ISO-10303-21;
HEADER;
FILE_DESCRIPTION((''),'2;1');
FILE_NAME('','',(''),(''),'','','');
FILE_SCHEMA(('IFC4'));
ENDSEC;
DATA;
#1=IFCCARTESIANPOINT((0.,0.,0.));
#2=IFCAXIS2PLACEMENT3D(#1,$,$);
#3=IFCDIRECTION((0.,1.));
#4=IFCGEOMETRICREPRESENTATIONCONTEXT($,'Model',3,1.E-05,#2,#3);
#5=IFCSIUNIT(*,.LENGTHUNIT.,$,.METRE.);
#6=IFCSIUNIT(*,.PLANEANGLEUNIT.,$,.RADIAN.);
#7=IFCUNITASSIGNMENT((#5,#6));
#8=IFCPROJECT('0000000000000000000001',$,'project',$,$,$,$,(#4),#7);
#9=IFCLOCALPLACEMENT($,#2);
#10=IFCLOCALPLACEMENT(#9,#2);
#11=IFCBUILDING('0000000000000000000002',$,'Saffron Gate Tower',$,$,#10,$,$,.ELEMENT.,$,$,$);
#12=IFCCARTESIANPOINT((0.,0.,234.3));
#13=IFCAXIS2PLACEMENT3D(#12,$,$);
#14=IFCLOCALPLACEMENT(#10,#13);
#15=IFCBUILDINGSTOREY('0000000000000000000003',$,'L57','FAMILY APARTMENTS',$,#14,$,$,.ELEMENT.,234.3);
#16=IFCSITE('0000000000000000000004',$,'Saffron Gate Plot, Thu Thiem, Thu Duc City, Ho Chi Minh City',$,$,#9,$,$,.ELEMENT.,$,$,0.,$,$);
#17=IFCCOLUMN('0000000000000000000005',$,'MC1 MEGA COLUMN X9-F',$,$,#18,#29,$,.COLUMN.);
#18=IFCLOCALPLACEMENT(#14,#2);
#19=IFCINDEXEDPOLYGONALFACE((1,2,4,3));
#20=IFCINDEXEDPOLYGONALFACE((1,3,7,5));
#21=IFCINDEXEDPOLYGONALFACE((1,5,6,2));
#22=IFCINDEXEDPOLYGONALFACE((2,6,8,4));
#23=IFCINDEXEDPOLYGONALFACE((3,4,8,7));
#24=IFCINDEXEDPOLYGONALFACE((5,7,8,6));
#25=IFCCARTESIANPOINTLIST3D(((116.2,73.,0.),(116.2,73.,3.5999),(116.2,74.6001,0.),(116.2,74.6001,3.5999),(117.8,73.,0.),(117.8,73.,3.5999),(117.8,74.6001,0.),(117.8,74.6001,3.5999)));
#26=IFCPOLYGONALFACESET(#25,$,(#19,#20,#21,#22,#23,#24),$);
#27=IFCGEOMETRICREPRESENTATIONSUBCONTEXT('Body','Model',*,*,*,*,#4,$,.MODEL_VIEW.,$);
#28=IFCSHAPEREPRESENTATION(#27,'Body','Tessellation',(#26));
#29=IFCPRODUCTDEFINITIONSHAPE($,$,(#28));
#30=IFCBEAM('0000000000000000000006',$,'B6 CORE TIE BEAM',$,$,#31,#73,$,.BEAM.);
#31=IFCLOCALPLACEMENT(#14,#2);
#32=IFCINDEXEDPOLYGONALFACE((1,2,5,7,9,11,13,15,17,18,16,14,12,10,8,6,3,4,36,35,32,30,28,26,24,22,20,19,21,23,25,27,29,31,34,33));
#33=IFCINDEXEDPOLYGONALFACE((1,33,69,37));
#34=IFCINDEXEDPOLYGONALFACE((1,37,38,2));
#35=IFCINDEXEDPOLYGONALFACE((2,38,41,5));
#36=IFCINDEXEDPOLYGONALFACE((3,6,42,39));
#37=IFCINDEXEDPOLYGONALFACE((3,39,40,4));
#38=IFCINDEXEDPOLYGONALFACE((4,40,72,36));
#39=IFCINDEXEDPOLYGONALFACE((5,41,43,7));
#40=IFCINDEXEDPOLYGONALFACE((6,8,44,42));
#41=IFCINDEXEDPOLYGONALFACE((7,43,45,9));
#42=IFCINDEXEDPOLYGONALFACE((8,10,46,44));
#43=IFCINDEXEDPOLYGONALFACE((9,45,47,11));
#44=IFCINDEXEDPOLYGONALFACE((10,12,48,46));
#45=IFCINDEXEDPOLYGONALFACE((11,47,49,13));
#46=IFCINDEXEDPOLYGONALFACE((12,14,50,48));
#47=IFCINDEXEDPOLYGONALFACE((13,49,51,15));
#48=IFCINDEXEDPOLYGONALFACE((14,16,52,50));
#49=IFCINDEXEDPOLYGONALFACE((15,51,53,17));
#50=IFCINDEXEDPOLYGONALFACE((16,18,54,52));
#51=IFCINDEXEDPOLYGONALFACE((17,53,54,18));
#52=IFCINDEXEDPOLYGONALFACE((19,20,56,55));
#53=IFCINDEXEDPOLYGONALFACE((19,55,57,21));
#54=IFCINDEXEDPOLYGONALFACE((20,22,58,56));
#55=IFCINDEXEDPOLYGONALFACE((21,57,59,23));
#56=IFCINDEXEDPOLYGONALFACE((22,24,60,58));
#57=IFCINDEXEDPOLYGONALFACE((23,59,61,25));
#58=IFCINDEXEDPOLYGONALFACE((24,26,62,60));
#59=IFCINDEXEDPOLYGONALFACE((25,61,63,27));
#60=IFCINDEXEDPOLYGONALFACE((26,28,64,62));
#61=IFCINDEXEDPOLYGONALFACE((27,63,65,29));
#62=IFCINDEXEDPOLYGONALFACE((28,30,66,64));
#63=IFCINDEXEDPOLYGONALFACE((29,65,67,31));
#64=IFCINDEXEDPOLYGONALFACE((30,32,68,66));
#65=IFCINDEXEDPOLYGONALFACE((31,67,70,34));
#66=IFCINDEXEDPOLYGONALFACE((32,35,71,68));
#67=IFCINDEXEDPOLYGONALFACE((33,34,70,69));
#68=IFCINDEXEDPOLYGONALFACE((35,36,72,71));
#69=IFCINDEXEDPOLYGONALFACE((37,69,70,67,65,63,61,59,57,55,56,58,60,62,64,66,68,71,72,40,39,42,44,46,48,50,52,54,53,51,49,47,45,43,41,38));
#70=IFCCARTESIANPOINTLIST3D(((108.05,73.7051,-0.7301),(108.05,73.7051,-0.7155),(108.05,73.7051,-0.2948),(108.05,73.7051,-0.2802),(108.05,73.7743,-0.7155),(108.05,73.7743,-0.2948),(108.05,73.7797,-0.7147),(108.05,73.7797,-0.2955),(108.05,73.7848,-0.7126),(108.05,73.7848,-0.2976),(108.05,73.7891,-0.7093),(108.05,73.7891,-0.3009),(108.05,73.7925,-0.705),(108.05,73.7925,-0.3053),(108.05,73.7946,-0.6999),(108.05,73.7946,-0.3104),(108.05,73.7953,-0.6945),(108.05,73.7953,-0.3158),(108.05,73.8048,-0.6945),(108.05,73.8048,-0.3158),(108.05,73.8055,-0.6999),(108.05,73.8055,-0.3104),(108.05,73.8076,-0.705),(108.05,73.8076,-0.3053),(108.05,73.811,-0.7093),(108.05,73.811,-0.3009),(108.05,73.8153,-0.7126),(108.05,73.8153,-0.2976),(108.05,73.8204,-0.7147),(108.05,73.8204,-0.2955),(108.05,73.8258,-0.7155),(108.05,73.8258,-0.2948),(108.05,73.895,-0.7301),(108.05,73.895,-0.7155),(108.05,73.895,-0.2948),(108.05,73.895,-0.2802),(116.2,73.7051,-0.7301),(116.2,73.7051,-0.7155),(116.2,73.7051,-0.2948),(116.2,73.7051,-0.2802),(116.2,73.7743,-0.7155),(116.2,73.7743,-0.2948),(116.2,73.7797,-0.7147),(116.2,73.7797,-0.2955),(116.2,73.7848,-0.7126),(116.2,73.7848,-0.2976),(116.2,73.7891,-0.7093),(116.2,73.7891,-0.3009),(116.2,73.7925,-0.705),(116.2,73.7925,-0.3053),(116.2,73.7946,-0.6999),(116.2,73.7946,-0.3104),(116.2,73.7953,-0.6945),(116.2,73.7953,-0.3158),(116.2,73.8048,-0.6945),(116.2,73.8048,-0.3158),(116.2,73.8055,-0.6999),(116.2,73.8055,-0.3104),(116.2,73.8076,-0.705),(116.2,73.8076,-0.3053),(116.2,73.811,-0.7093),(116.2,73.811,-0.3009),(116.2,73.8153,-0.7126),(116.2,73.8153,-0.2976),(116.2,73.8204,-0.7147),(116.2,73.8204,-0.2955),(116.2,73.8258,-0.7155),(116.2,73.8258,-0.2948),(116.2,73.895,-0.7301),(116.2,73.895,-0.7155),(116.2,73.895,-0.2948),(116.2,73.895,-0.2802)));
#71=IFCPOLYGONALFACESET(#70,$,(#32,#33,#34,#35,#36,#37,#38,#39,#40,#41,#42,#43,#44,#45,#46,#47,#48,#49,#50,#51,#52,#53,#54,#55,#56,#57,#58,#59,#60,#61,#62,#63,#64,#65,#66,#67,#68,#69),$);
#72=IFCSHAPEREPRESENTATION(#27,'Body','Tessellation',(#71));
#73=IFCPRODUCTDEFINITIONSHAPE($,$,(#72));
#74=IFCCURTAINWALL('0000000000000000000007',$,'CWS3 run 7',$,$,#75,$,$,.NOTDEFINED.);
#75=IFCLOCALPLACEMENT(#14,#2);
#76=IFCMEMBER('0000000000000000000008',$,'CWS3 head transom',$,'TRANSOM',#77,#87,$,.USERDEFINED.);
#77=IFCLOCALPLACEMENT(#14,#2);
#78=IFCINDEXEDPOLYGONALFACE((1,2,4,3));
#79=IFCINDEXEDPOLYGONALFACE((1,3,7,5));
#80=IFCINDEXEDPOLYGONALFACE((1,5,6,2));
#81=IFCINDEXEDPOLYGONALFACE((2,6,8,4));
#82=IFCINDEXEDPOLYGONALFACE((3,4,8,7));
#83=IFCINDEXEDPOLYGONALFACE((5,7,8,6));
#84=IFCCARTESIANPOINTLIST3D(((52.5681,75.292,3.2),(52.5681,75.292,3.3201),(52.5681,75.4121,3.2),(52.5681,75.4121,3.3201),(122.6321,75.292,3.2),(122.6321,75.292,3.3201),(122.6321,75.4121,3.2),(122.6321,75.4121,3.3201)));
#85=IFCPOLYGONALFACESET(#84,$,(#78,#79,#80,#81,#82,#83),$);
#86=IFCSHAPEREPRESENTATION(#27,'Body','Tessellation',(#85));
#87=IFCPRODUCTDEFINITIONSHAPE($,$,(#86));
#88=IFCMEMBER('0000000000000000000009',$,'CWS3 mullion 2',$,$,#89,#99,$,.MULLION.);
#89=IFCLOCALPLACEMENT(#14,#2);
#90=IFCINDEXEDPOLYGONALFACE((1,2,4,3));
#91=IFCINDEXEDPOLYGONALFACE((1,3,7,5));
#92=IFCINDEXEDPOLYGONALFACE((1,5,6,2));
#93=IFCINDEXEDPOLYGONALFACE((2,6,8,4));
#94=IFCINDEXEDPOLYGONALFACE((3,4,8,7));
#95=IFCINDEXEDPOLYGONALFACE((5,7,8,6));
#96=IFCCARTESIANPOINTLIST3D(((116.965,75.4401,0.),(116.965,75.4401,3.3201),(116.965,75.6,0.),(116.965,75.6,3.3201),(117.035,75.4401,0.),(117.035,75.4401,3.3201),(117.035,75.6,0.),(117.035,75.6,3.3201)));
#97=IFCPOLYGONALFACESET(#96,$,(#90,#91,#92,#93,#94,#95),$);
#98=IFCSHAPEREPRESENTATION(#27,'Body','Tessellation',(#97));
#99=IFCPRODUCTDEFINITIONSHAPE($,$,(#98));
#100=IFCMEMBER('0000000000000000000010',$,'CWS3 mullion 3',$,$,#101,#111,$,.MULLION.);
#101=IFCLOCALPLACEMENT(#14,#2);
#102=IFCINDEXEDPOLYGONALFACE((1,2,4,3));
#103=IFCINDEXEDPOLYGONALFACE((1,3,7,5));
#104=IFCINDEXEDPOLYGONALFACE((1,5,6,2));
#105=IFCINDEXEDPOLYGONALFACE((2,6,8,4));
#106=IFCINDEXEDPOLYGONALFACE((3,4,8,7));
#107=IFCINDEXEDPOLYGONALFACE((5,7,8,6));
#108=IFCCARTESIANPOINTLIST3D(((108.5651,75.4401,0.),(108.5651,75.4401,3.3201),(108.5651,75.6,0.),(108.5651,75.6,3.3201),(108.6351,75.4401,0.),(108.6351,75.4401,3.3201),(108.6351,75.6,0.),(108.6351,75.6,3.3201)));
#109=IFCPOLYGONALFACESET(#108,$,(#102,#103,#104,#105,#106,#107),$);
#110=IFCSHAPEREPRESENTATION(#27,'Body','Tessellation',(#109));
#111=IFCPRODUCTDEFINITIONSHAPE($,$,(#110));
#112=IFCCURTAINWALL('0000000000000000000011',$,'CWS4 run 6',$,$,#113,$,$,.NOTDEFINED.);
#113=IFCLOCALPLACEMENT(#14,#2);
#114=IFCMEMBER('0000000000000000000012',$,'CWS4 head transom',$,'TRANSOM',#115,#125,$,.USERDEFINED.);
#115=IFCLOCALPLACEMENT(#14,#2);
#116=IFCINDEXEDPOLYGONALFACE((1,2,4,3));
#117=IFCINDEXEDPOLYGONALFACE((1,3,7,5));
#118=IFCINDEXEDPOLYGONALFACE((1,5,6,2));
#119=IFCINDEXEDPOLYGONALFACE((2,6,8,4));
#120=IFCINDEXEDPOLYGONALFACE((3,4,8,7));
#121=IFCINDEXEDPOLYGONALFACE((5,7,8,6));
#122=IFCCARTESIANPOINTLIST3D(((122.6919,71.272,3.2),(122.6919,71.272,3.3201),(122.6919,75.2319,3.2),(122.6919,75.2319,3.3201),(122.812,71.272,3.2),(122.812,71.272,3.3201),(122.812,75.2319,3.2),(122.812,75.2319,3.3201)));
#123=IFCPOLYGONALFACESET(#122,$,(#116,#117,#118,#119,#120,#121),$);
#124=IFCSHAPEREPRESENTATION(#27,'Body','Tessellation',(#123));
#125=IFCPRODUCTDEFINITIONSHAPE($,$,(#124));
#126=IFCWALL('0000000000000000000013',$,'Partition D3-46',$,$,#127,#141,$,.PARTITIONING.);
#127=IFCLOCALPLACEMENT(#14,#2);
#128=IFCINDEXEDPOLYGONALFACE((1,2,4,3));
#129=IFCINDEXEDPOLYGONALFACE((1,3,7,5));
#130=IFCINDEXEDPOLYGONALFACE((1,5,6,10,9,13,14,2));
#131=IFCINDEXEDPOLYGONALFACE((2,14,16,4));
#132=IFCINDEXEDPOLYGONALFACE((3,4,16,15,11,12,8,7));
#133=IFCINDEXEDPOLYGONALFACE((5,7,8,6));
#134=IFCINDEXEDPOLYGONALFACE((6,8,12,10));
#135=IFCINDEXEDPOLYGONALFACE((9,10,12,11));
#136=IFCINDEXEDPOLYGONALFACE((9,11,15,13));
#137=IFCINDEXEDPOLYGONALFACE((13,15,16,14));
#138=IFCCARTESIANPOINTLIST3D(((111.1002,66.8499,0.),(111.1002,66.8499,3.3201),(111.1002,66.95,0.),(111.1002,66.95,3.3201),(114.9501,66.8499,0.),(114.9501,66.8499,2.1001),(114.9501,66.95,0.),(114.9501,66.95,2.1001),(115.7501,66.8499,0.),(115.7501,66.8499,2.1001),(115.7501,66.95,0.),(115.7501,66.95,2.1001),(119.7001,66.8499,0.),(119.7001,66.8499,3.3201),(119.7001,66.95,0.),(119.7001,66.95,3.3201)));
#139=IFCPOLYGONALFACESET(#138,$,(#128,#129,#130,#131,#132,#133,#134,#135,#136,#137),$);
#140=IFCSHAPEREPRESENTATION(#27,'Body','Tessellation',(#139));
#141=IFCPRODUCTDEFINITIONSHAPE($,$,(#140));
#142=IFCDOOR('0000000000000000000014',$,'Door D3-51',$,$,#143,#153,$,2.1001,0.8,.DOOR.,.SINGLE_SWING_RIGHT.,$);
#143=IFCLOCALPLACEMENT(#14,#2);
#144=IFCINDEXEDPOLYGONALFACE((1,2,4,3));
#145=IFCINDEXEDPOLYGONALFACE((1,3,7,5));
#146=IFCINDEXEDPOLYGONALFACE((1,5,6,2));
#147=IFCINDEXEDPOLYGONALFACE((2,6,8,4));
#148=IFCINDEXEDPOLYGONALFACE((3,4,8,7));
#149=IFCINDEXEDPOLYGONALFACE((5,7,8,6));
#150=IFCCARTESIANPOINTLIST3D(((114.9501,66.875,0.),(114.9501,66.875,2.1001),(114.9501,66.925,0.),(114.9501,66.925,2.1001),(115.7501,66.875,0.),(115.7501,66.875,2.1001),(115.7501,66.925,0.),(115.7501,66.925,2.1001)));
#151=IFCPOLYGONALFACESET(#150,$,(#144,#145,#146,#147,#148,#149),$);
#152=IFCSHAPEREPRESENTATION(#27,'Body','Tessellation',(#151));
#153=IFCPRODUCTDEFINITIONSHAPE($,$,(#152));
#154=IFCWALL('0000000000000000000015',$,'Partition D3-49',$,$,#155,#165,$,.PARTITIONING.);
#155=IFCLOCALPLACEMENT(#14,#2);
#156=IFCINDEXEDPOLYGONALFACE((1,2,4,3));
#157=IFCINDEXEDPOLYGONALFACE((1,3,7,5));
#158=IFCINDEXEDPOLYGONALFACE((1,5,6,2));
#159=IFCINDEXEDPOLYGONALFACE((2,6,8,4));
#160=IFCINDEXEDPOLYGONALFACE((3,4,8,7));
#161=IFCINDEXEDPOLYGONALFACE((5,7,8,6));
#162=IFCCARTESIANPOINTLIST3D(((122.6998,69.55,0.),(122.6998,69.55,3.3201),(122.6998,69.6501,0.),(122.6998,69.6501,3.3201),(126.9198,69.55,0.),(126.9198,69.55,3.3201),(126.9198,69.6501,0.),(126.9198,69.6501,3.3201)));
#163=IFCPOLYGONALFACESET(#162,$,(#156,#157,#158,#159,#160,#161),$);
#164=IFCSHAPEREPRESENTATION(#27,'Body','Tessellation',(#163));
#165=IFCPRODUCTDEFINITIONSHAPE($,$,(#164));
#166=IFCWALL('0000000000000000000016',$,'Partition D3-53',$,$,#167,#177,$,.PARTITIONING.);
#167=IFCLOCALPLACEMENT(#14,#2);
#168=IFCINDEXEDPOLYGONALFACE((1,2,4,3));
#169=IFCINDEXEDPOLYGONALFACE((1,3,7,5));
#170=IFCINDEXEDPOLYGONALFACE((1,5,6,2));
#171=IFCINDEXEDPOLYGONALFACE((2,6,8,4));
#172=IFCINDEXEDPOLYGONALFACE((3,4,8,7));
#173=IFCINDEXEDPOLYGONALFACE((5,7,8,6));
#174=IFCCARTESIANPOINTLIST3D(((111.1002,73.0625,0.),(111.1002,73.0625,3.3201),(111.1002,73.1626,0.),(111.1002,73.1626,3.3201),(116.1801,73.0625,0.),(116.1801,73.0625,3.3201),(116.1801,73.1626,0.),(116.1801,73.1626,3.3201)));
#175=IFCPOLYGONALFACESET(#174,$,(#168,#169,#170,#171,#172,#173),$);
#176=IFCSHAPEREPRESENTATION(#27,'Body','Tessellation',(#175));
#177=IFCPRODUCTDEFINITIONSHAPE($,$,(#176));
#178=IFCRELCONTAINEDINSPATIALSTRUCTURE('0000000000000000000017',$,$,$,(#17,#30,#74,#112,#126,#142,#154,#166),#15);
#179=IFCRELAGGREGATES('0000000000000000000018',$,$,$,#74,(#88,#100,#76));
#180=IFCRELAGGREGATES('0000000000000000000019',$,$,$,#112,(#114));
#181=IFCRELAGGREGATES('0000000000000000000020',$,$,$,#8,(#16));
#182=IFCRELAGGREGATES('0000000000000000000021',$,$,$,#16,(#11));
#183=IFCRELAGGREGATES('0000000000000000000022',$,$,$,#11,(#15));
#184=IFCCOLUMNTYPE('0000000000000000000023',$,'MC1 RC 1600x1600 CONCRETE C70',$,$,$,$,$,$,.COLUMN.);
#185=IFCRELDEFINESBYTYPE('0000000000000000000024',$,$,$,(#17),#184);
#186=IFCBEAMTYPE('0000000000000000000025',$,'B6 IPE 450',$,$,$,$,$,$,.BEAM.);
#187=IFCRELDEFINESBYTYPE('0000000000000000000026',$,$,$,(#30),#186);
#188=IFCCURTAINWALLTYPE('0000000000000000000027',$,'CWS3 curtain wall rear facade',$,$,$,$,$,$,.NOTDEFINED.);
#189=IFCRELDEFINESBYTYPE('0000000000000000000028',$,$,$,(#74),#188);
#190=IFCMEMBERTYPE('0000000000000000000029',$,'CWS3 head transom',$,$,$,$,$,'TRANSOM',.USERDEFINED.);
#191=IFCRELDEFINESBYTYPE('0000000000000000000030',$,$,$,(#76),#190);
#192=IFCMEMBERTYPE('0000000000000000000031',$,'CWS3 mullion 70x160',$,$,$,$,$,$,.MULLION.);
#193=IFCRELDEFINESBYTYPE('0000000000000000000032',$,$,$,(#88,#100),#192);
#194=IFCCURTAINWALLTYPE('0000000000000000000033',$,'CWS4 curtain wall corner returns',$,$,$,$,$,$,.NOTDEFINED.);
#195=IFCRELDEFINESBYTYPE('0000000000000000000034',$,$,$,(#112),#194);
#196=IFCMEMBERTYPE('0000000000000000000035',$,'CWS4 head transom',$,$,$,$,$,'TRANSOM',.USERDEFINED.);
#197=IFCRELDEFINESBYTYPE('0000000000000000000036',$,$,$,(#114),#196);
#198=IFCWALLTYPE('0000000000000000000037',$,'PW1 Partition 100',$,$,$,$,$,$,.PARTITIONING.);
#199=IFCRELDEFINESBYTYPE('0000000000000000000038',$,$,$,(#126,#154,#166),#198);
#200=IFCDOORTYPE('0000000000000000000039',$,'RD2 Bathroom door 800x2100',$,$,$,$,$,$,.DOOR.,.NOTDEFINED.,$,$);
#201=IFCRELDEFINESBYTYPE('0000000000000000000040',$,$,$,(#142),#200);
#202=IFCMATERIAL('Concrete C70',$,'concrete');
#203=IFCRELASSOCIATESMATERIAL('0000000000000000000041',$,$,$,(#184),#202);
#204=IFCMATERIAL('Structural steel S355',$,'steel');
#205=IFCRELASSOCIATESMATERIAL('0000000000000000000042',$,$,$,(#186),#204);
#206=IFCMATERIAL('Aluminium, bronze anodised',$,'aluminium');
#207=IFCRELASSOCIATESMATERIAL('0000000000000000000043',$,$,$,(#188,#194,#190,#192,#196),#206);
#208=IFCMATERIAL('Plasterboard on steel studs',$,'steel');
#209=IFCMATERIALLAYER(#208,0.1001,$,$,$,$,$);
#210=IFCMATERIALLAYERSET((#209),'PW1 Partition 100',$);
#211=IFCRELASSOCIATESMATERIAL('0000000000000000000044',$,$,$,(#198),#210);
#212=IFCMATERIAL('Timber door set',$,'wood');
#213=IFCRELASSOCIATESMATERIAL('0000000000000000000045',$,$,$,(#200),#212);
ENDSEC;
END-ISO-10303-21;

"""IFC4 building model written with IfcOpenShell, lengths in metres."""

from ifc_helpers import new_model, si_unit, direction, frame, frame_2d, origin, origin_2d, place, context, subcontext, project, spatial, rectangle, i_section, extrude, material, layer, layer_set, material_profile, profile_set, type_object, element, fill, aggregate, save


model = new_model("IFC4")

# Units and contexts
model_context = context("Model", 3, precision=1e-05, world=origin(), true_north=direction((0.0, 1.0)))
body_context = subcontext(model_context, "Body", "Model", "MODEL_VIEW")
ifc_project = project(units=[si_unit("LENGTHUNIT", "METRE"), si_unit("PLANEANGLEUNIT", "RADIAN")], contexts=[model_context])

# Site, building, storey
site_placement = place(None, origin())
site = spatial("IfcSite", under=ifc_project, at=site_placement, Name="Saffron Gate Plot, Thu Thiem, Thu Duc City, Ho Chi Minh City", CompositionType="ELEMENT", RefElevation=0.0)
building_placement = place(site_placement, origin())
building = spatial("IfcBuilding", under=site, at=building_placement, Name="Saffron Gate Tower", CompositionType="ELEMENT")
storey_placement = place(building_placement, frame((0.0, 0.0, 234.3)))
storey = spatial("IfcBuildingStorey", under=building, at=storey_placement, Name="L57", Description="FAMILY APARTMENTS", CompositionType="ELEMENT", Elevation=234.3)

# Column
ifc_material_1 = material(Name="Concrete C70", Category="concrete")
ifc_material_profile_1 = material_profile(ifc_material_1, rectangle(XDim=1.6001, YDim=1.6001, at=origin_2d()))
ifc_profile_set_1 = profile_set([ifc_material_profile_1], Name="Concrete C70")
column_type = type_object("IfcColumnType", Name="MC1 RC 1600x1600 CONCRETE C70", PredefinedType="COLUMN", material=ifc_profile_set_1)
column_placement = place(storey_placement, frame((117.0, 73.8, 0.0), z_axis=(0.0, 0.0, 1.0), x_axis=(1.0, 0.0, 0.0)))
element("IfcColumn", 1, at=column_placement, inside=storey, type_object=column_type, Name="MC1 MEGA COLUMN X9-F", PredefinedType="COLUMN", context=body_context, shape_type="SweptSolid", body=[
    extrude(rectangle(XDim=1.6001, YDim=1.6001, at=origin_2d()), origin(), (0.0, 0.0, 1.0), 3.5999),
])

# Beam
ifc_material_2 = material(Name="Structural steel S355", Category="steel")
ifc_material_profile_2 = material_profile(ifc_material_2, i_section(OverallWidth=0.1899, OverallDepth=0.45, WebThickness=0.0095, FlangeThickness=0.0146, FilletRadius=0.021, at=origin_2d()))
ifc_profile_set_2 = profile_set([ifc_material_profile_2], Name="Structural steel S355")
beam_type = type_object("IfcBeamType", Name="B6 IPE 450", PredefinedType="BEAM", material=ifc_profile_set_2)
beam_placement = place(storey_placement, frame((116.2, 73.8, -0.5051), z_axis=(-1.0, 0.0, 0.0), x_axis=(0.0, -1.0, 0.0)))
element("IfcBeam", 2, at=beam_placement, inside=storey, type_object=beam_type, Name="B6 CORE TIE BEAM", PredefinedType="BEAM", context=body_context, shape_type="SweptSolid", body=[
    extrude(i_section(OverallWidth=0.1899, OverallDepth=0.45, WebThickness=0.0095, FlangeThickness=0.0146, FilletRadius=0.021, at=origin_2d()), origin(), (0.0, 0.0, 1.0), 8.1499),
])

# Curtain wall, members
ifc_material_3 = material(Name="Aluminium, bronze anodised", Category="aluminium")
curtain_wall_type_1 = type_object("IfcCurtainWallType", Name="CWS3 curtain wall rear facade", PredefinedType="NOTDEFINED", material=ifc_material_3)
curtain_wall_1_placement = place(storey_placement, origin())
curtain_wall_1 = element("IfcCurtainWall", 3, at=curtain_wall_1_placement, inside=storey, type_object=curtain_wall_type_1, Name="CWS3 run 7", PredefinedType="NOTDEFINED")
ifc_material_profile_3 = material_profile(ifc_material_3, rectangle(XDim=0.1201, YDim=0.1201, at=origin_2d()))
ifc_profile_set_3 = profile_set([ifc_material_profile_3], Name="Aluminium, bronze anodised")
member_type_1 = type_object("IfcMemberType", Name="CWS3 head transom", ElementType="TRANSOM", PredefinedType="USERDEFINED", material=ifc_profile_set_3)
member_1_placement = place(storey_placement, frame((122.6321, 75.3521, 3.26), z_axis=(-1.0, 0.0, 0.0), x_axis=(0.0, -1.0, 0.0)))
member_1 = element("IfcMember", 4, at=member_1_placement, type_object=member_type_1, Name="CWS3 head transom", ObjectType="TRANSOM", PredefinedType="USERDEFINED", context=body_context, shape_type="SweptSolid", body=[
    extrude(rectangle(XDim=0.1201, YDim=0.1201, at=origin_2d()), origin(), (0.0, 0.0, 1.0), 70.064),
])
ifc_material_profile_4 = material_profile(ifc_material_3, rectangle(XDim=0.1599, YDim=0.0701, at=origin_2d()))
ifc_profile_set_4 = profile_set([ifc_material_profile_4], Name="Aluminium, bronze anodised")
member_type_2 = type_object("IfcMemberType", Name="CWS3 mullion 70x160", PredefinedType="MULLION", material=ifc_profile_set_4)
member_2_placement = place(storey_placement, frame((117.0, 75.52, 0.0), z_axis=(0.0, 0.0, 1.0), x_axis=(0.0, -1.0, 0.0)))
member_2 = element("IfcMember", 5, at=member_2_placement, type_object=member_type_2, Name="CWS3 mullion 2", PredefinedType="MULLION", context=body_context, shape_type="SweptSolid", body=[
    extrude(rectangle(XDim=0.1599, YDim=0.0701, at=origin_2d()), origin(), (0.0, 0.0, 1.0), 3.3201),
])
member_3_placement = place(storey_placement, frame((108.6001, 75.52, 0.0), z_axis=(0.0, 0.0, 1.0), x_axis=(0.0, -1.0, 0.0)))
member_3 = element("IfcMember", 6, at=member_3_placement, type_object=member_type_2, Name="CWS3 mullion 3", PredefinedType="MULLION", context=body_context, shape_type="SweptSolid", body=[
    extrude(rectangle(XDim=0.1599, YDim=0.0701, at=origin_2d()), origin(), (0.0, 0.0, 1.0), 3.3201),
])
aggregate(curtain_wall_1, [member_2, member_3, member_1])

# Curtain wall, member
curtain_wall_type_2 = type_object("IfcCurtainWallType", Name="CWS4 curtain wall corner returns", PredefinedType="NOTDEFINED", material=ifc_material_3)
curtain_wall_2_placement = place(storey_placement, origin())
curtain_wall_2 = element("IfcCurtainWall", 7, at=curtain_wall_2_placement, inside=storey, type_object=curtain_wall_type_2, Name="CWS4 run 6", PredefinedType="NOTDEFINED")
ifc_material_profile_5 = material_profile(ifc_material_3, rectangle(XDim=0.1201, YDim=0.1201, at=origin_2d()))
ifc_profile_set_5 = profile_set([ifc_material_profile_5], Name="Aluminium, bronze anodised")
member_type_3 = type_object("IfcMemberType", Name="CWS4 head transom", ElementType="TRANSOM", PredefinedType="USERDEFINED", material=ifc_profile_set_5)
member_4_placement = place(storey_placement, frame((122.752, 71.272, 3.26), z_axis=(0.0, 1.0, 0.0), x_axis=(-1.0, 0.0, 0.0)))
member_4 = element("IfcMember", 8, at=member_4_placement, type_object=member_type_3, Name="CWS4 head transom", ObjectType="TRANSOM", PredefinedType="USERDEFINED", context=body_context, shape_type="SweptSolid", body=[
    extrude(rectangle(XDim=0.1201, YDim=0.1201, at=origin_2d()), origin(), (0.0, 0.0, 1.0), 3.96),
])
aggregate(curtain_wall_2, [member_4])

# Wall, opening, door
ifc_material_4 = material(Name="Plasterboard on steel studs", Category="steel")
ifc_layer_1 = layer(ifc_material_4, 0.1001)
ifc_layer_set_1 = layer_set([ifc_layer_1], Name="PW1 Partition 100")
wall_type_1 = type_object("IfcWallType", Name="PW1 Partition 100", PredefinedType="PARTITIONING", material=ifc_layer_set_1)
wall_1_placement = place(storey_placement, frame((119.7, 66.8999, 0.0), z_axis=(0.0, 0.0, 1.0), x_axis=(-1.0, 0.0, 0.0)))
wall_1 = element("IfcWall", 9, at=wall_1_placement, inside=storey, type_object=wall_type_1, Name="Partition D3-46", PredefinedType="PARTITIONING", context=body_context, shape_type="SweptSolid", body=[
    extrude(rectangle(XDim=8.5999, YDim=0.1001, at=frame_2d((4.2998, 0.0))), origin(), (0.0, 0.0, 1.0), 3.3201),
])
opening_1_placement = place(wall_1_placement, frame((3.95, 0.0, 0.0)))
opening_1 = element("IfcOpeningElement", 10, at=opening_1_placement, cuts=wall_1, PredefinedType="OPENING", context=body_context, shape_type="SweptSolid", body=[
    extrude(rectangle(XDim=0.8, YDim=2.1001, at=frame_2d((0.3999, 1.05))), frame((0.0, 0.0601, 0.0), z_axis=(0.0, -1.0, 0.0), x_axis=(1.0, 0.0, 0.0)), (0.0, 0.0, 1.0), 0.1201),
])
ifc_material_5 = material(Name="Timber door set", Category="wood")
door_type_1 = type_object("IfcDoorType", Name="RD2 Bathroom door 800x2100", OperationType="NOTDEFINED", PredefinedType="DOOR", material=ifc_material_5)
door_1_placement = place(opening_1_placement, origin())
door_1 = element("IfcDoor", 11, at=door_1_placement, inside=storey, type_object=door_type_1, Name="Door D3-51", OperationType="SINGLE_SWING_RIGHT", OverallHeight=2.1001, OverallWidth=0.8, PredefinedType="DOOR", context=body_context, shape_type="SweptSolid", body=[
    extrude(rectangle(XDim=0.8, YDim=2.1001, at=frame_2d((0.3999, 1.05))), frame((0.0, 0.0249, 0.0), z_axis=(0.0, -1.0, 0.0), x_axis=(1.0, 0.0, 0.0)), (0.0, 0.0, 1.0), 0.05),
])
fill(opening_1, door_1)

# Walls
wall_2_placement = place(storey_placement, frame((122.7, 69.6001, 0.0), z_axis=(0.0, 0.0, 1.0), x_axis=(1.0, 0.0, 0.0)))
element("IfcWall", 12, at=wall_2_placement, inside=storey, type_object=wall_type_1, Name="Partition D3-49", PredefinedType="PARTITIONING", context=body_context, shape_type="SweptSolid", body=[
    extrude(rectangle(XDim=4.22, YDim=0.1001, at=frame_2d((2.1099, 0.0))), origin(), (0.0, 0.0, 1.0), 3.3201),
])
wall_3_placement = place(storey_placement, frame((111.1001, 73.1125, 0.0), z_axis=(0.0, 0.0, 1.0), x_axis=(1.0, 0.0, 0.0)))
element("IfcWall", 13, at=wall_3_placement, inside=storey, type_object=wall_type_1, Name="Partition D3-53", PredefinedType="PARTITIONING", context=body_context, shape_type="SweptSolid", body=[
    extrude(rectangle(XDim=5.0798, YDim=0.1001, at=frame_2d((2.54, 0.0))), origin(), (0.0, 0.0, 1.0), 3.3201),
])

save(model, "model.ifc")
